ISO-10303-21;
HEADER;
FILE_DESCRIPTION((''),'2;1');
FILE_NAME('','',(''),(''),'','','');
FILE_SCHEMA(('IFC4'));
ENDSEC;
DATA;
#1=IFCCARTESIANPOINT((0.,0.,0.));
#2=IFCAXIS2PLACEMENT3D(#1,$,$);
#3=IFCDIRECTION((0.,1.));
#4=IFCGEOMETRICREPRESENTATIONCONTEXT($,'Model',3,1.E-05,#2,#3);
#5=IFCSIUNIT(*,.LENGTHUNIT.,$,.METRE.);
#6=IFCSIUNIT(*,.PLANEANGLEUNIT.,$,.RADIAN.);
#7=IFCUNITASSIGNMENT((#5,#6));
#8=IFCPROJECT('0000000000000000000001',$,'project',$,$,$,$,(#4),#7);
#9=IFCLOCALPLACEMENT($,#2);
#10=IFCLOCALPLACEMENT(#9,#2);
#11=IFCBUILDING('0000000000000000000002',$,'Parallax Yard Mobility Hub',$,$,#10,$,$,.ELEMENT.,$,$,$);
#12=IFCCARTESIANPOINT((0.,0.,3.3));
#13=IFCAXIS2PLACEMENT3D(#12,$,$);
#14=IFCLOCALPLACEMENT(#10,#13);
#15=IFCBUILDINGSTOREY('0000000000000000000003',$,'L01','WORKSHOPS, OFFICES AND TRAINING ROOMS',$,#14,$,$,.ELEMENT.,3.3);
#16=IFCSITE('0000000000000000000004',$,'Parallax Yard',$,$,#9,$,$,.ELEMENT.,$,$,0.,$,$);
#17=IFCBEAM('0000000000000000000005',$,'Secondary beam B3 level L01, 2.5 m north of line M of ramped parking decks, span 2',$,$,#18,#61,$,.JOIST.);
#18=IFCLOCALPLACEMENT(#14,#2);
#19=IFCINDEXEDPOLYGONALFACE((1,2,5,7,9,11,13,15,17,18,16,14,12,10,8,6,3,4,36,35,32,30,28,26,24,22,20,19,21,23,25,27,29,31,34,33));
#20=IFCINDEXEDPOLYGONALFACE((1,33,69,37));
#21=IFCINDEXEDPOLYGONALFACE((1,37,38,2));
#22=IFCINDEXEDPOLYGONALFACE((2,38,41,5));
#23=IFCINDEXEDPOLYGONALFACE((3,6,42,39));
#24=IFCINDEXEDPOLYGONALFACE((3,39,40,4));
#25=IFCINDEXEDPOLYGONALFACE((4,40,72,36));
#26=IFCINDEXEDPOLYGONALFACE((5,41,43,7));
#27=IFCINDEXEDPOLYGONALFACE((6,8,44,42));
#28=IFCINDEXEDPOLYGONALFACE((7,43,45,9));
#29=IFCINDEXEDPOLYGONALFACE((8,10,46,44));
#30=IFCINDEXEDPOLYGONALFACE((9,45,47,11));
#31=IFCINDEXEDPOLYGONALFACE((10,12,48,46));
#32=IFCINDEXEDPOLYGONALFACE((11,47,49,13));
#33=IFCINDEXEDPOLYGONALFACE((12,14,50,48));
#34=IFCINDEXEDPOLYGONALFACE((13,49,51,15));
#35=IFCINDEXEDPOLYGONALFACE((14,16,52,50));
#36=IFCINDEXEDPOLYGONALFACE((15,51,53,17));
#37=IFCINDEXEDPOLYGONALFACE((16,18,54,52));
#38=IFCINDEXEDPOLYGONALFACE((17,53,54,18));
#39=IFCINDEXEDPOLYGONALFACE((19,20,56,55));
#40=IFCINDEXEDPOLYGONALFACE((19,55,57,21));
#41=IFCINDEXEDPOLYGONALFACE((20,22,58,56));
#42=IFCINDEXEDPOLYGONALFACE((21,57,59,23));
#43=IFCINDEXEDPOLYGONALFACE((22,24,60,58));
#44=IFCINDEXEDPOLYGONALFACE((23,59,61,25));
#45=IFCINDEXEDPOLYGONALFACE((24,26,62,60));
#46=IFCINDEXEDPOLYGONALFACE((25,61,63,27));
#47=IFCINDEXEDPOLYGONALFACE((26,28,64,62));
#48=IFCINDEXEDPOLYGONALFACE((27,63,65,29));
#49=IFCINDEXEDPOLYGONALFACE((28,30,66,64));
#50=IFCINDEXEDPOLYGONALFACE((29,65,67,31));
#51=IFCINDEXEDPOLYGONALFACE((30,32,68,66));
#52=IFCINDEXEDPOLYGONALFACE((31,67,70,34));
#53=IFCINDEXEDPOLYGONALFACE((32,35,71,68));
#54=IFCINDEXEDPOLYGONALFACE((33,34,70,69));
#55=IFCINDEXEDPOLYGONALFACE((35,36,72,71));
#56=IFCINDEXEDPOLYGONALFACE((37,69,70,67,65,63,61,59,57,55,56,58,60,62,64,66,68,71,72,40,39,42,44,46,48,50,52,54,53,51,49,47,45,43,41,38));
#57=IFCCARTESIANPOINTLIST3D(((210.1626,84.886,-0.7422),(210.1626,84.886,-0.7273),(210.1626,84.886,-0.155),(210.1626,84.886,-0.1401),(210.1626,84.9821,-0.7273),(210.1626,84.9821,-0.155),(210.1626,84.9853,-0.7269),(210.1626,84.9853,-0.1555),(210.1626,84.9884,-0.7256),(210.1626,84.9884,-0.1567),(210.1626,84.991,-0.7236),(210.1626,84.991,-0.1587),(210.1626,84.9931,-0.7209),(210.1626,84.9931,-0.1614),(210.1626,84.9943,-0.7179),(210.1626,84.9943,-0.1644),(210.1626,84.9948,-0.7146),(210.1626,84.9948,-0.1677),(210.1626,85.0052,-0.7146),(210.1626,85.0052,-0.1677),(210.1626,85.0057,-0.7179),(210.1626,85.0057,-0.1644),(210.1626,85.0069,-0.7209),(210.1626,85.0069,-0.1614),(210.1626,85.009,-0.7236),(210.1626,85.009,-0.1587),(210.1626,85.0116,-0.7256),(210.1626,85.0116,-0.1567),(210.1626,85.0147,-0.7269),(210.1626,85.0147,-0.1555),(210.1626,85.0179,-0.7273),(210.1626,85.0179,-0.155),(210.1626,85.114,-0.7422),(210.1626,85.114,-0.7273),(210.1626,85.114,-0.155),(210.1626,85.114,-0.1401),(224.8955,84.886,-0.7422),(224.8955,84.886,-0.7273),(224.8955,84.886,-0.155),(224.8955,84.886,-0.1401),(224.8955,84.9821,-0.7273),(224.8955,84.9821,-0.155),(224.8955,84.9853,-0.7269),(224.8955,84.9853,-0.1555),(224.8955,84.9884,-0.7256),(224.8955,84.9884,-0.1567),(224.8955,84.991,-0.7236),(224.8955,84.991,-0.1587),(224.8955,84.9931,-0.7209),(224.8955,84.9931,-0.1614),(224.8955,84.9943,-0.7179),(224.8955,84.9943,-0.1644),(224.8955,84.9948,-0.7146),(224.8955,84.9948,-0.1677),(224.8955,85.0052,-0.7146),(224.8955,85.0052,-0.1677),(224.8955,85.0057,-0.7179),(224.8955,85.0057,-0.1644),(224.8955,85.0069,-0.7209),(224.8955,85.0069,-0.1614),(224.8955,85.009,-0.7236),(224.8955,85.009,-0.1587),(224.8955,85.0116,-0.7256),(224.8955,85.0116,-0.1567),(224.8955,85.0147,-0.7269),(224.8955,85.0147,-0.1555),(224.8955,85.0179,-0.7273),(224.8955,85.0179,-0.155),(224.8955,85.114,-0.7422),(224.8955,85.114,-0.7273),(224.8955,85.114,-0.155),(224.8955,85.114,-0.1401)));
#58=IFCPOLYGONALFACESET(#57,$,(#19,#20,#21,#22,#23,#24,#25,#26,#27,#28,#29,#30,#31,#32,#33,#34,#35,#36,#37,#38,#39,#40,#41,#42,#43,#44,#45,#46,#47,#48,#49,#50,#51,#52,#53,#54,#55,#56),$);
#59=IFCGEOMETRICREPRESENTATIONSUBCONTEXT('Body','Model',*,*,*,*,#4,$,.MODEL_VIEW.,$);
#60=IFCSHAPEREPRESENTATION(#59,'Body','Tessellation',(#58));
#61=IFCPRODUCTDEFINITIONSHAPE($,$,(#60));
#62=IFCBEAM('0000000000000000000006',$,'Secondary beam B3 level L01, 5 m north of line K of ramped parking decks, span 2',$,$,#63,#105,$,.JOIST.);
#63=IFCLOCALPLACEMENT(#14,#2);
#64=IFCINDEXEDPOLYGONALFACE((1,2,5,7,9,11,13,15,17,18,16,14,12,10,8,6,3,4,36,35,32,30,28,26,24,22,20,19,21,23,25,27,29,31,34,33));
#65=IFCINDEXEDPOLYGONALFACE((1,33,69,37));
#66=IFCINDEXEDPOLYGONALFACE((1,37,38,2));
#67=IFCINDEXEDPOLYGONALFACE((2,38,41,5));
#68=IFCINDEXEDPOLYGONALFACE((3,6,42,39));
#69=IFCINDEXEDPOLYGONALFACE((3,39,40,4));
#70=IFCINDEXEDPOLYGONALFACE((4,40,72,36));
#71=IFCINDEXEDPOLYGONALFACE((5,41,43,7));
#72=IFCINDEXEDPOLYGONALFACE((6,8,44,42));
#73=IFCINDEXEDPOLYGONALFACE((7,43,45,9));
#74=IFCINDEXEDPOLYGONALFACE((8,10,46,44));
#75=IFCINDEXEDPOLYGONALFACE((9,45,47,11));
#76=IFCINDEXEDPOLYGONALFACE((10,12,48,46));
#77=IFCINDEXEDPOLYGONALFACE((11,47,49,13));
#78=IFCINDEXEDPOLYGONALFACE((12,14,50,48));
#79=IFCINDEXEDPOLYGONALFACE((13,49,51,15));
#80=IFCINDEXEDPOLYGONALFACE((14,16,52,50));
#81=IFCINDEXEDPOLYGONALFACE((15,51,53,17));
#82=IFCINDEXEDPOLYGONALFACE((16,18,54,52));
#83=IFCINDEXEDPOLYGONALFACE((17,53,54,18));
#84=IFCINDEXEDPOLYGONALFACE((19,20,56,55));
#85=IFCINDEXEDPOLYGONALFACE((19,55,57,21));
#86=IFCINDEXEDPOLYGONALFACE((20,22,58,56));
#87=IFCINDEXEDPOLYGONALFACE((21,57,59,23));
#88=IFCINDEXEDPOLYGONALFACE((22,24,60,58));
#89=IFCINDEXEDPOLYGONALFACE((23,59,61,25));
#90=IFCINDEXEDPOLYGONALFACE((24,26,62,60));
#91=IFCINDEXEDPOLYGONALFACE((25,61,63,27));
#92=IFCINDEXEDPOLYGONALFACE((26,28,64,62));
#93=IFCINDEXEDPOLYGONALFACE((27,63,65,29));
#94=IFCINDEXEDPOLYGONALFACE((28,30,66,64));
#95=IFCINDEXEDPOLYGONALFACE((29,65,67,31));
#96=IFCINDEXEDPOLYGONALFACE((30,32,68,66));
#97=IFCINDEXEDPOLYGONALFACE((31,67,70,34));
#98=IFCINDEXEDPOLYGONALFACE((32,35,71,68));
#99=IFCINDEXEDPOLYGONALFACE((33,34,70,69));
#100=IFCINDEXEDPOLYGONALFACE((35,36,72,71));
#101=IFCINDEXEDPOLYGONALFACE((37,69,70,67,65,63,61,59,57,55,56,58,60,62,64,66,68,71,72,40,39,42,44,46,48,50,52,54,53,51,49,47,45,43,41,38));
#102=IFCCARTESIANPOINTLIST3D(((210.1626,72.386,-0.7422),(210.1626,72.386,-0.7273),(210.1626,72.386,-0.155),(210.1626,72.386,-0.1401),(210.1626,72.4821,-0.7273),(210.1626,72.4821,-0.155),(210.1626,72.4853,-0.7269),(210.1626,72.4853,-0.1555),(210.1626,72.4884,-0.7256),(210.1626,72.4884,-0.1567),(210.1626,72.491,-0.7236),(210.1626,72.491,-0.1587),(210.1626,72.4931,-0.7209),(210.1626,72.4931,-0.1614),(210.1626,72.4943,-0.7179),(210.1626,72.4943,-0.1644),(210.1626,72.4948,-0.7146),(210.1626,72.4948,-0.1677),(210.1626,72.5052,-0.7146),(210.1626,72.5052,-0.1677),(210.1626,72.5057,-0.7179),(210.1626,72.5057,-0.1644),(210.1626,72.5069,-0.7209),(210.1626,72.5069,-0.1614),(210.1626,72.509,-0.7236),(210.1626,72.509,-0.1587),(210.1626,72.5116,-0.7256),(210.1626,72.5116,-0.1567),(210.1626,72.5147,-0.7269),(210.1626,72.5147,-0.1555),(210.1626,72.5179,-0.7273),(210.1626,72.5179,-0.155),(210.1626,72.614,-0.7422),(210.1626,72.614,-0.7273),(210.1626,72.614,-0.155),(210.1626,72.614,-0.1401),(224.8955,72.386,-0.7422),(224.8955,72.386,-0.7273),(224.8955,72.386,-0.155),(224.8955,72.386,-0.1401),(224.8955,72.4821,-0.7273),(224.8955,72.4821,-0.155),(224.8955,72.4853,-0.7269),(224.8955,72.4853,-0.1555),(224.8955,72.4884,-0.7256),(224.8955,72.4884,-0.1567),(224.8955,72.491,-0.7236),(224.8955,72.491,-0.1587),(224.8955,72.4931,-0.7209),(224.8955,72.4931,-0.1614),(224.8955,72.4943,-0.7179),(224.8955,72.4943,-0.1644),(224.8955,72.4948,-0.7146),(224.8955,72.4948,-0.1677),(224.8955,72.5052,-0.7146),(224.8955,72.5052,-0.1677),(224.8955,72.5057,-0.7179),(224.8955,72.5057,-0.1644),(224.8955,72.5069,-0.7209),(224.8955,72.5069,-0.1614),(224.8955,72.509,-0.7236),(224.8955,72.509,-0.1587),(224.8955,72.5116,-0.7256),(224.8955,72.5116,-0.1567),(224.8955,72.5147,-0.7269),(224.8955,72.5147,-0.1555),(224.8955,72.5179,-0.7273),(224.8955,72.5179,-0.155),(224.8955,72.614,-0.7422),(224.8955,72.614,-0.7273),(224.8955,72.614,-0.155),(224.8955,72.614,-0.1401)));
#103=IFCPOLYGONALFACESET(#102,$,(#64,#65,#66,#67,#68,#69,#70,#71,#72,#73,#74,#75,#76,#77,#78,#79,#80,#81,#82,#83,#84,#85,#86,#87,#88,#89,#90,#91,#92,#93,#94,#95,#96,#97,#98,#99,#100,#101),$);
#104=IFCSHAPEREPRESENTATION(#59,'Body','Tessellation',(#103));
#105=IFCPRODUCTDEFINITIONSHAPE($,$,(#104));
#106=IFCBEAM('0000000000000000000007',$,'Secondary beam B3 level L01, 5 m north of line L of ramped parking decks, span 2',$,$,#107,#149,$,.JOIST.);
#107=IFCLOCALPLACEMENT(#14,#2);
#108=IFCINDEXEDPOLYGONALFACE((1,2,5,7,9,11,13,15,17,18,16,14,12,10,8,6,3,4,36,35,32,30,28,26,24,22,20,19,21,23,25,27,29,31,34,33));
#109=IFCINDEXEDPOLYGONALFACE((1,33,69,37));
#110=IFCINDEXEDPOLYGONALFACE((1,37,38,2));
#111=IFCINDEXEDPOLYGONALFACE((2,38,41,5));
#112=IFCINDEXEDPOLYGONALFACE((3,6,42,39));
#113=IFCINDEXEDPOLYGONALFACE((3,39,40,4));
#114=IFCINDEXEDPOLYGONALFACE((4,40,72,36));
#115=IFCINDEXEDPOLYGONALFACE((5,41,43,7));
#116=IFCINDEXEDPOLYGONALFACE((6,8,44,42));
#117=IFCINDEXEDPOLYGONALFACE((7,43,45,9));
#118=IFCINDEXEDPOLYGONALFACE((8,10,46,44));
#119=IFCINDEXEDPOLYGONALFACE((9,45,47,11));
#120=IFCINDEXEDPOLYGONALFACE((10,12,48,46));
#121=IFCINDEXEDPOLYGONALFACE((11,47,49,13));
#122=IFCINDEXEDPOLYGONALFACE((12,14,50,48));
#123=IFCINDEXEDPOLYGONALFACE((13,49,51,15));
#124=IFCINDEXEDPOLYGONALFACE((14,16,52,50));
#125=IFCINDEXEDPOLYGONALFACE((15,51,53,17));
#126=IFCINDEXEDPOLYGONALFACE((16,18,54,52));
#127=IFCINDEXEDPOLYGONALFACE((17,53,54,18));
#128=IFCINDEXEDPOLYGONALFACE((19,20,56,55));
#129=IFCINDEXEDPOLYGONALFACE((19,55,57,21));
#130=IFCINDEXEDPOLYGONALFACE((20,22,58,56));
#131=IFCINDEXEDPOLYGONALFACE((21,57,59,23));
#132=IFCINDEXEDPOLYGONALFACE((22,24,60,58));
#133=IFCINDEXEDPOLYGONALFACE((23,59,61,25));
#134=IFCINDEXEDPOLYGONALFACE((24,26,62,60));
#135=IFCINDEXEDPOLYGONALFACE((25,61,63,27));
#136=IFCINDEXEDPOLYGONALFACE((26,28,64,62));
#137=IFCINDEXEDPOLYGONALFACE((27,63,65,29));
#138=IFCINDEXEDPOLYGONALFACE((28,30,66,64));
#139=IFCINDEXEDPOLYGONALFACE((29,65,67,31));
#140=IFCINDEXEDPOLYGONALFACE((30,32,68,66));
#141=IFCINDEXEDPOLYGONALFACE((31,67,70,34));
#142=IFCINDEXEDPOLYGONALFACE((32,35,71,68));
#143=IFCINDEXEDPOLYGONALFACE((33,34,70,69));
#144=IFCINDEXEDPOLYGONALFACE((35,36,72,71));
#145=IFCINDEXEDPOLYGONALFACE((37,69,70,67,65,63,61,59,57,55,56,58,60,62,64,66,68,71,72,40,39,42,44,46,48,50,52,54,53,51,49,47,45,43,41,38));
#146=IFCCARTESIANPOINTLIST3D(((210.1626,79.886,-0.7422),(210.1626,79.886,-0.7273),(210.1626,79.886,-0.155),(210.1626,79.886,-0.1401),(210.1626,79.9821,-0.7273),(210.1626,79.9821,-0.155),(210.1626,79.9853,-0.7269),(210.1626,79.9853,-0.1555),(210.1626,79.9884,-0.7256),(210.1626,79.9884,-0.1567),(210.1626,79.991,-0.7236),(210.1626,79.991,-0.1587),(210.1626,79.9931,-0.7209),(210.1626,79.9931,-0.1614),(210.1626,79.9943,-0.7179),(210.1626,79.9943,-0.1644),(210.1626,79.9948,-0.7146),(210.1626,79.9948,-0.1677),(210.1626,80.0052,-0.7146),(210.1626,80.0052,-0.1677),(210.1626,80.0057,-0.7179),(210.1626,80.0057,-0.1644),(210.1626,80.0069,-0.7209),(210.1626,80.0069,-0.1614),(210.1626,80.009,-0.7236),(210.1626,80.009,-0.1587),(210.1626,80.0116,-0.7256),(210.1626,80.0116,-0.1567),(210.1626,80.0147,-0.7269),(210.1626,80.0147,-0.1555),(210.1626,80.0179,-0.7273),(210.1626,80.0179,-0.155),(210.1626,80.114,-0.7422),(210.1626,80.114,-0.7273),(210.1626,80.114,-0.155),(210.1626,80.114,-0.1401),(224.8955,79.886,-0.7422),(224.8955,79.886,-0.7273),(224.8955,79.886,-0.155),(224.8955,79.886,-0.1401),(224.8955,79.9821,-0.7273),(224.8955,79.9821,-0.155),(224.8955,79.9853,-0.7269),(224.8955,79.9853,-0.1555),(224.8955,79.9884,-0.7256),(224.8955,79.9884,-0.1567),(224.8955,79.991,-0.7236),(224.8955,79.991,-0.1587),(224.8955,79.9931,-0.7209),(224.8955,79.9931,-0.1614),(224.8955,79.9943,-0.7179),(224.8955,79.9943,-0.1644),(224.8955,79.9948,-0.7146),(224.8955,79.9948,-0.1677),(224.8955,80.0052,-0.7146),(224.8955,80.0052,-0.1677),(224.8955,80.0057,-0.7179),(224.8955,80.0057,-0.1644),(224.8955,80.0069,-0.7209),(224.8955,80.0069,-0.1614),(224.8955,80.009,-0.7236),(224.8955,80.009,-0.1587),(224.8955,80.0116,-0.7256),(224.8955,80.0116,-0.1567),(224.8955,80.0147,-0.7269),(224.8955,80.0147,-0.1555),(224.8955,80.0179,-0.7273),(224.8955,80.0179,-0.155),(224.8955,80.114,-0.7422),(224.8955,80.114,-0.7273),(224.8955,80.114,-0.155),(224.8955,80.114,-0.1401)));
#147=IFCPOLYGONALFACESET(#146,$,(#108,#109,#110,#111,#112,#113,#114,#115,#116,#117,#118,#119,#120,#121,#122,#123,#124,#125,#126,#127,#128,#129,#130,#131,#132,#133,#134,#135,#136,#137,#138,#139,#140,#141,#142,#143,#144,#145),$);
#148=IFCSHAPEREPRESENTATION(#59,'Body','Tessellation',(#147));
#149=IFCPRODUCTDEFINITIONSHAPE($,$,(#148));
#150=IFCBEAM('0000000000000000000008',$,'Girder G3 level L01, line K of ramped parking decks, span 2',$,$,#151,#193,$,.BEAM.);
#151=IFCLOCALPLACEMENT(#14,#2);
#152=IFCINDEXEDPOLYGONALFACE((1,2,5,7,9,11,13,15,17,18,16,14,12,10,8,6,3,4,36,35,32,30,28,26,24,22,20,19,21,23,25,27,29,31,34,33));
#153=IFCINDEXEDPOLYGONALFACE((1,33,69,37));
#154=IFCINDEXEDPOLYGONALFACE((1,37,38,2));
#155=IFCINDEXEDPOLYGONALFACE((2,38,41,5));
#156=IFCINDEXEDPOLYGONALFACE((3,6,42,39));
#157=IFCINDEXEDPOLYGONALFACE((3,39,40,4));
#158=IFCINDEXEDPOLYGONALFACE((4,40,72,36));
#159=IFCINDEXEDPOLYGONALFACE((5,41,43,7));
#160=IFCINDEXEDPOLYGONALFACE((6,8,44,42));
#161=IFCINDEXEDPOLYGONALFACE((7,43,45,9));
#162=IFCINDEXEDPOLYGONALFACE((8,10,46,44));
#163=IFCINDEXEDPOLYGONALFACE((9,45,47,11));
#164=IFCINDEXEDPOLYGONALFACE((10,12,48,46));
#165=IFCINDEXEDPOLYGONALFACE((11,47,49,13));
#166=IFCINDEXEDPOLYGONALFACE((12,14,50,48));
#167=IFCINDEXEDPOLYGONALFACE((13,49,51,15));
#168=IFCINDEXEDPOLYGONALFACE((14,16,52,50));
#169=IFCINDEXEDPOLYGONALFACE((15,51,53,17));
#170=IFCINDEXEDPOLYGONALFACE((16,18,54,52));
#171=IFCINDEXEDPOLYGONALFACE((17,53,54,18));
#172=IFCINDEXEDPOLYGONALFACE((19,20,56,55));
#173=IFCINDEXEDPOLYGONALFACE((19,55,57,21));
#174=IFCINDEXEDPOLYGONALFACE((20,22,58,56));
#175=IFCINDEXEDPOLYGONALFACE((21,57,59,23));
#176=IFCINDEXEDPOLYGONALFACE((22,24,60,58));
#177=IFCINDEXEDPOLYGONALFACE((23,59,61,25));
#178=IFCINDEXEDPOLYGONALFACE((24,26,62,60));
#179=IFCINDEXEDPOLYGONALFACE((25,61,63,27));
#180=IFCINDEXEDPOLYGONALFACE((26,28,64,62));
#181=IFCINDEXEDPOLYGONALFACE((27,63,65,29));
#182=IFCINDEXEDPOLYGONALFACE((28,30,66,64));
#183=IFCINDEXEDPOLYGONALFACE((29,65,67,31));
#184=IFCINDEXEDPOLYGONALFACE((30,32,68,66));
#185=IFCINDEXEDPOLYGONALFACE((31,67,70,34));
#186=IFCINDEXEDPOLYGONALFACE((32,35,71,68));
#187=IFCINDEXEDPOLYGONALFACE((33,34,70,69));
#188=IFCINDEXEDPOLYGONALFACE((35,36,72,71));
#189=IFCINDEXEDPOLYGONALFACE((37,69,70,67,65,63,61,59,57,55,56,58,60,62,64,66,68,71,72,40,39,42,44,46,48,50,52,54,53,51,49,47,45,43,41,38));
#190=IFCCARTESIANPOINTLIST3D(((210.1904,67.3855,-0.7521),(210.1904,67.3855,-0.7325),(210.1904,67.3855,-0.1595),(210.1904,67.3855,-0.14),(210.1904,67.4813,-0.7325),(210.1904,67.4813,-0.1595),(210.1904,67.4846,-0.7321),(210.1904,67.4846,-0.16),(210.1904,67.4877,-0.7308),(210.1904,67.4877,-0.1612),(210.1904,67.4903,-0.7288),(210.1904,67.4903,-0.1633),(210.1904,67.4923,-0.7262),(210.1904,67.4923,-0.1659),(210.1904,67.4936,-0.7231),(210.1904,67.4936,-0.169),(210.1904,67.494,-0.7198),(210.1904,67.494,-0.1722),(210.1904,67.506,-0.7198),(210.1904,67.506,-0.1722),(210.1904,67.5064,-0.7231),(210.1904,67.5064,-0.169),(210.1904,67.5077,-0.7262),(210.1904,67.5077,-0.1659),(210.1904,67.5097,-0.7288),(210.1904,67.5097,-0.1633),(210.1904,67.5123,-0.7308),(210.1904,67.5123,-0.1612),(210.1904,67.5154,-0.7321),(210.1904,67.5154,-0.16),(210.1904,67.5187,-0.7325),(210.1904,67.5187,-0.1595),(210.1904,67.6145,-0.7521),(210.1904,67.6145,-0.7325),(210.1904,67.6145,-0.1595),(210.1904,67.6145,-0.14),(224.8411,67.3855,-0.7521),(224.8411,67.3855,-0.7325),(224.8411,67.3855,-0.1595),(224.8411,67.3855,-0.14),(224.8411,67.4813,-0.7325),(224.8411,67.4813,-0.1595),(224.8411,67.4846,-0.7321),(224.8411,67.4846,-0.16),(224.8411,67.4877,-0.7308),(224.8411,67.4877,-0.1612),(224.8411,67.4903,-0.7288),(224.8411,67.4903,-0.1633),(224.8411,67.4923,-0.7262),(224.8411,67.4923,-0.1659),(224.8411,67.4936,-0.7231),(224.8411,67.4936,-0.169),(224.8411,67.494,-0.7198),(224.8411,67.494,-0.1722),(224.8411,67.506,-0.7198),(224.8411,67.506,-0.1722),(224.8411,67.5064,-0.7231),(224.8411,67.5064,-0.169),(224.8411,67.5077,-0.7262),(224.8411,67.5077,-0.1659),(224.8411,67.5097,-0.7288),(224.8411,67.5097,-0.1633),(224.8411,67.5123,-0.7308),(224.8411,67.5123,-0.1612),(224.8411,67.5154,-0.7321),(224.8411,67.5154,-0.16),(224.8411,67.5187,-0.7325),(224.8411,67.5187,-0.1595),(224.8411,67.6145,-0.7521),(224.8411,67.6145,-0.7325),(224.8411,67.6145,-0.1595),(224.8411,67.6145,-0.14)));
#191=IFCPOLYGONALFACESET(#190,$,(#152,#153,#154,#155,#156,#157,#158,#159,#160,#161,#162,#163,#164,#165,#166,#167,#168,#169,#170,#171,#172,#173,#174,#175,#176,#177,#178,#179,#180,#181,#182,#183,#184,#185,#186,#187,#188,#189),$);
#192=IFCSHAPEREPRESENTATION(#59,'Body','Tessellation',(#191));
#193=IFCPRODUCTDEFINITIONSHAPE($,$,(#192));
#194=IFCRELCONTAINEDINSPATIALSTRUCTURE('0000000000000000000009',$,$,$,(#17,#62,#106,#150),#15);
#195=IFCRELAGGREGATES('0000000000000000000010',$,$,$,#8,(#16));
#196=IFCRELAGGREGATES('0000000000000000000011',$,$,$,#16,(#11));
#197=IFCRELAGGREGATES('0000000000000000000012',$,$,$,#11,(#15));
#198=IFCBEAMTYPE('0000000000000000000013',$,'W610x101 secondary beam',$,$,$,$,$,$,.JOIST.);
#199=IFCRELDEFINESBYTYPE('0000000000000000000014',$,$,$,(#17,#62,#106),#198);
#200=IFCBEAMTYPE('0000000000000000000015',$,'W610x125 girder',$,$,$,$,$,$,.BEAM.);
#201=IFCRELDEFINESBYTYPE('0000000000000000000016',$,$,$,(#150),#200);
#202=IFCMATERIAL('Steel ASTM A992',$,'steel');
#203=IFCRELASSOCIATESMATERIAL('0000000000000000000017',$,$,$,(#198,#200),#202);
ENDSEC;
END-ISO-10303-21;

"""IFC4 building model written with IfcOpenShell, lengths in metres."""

from ifc_helpers import new_model, si_unit, direction, frame, origin, origin_2d, place, context, subcontext, project, spatial, i_section, extrude, material, material_profile, profile_set, type_object, element, save


model = new_model("IFC4")

# Units and contexts
model_context = context("Model", 3, precision=1e-05, world=origin(), true_north=direction((0.0, 1.0)))
body_context = subcontext(model_context, "Body", "Model", "MODEL_VIEW")
ifc_project = project(units=[si_unit("LENGTHUNIT", "METRE"), si_unit("PLANEANGLEUNIT", "RADIAN")], contexts=[model_context])

# Site, building, storey
site_placement = place(None, origin())
site = spatial("IfcSite", under=ifc_project, at=site_placement, Name="Parallax Yard", CompositionType="ELEMENT", RefElevation=0.0)
building_placement = place(site_placement, origin())
building = spatial("IfcBuilding", under=site, at=building_placement, Name="Parallax Yard Mobility Hub", CompositionType="ELEMENT")
storey_placement = place(building_placement, frame((0.0, 0.0, 3.3)))
storey = spatial("IfcBuildingStorey", under=building, at=storey_placement, Name="L01", Description="WORKSHOPS, OFFICES AND TRAINING ROOMS", CompositionType="ELEMENT", Elevation=3.3)

# Shared definitions
ifc_material_1 = material(Name="Steel ASTM A992", Category="steel")

# Beams
ifc_material_profile_1 = material_profile(ifc_material_1, i_section(OverallWidth=0.228, OverallDepth=0.6021, WebThickness=0.0105, FlangeThickness=0.0149, FilletRadius=0.0127, at=origin_2d()), Name="W610x101")
ifc_profile_set_1 = profile_set([ifc_material_profile_1], Name="Steel ASTM A992")
beam_type_1 = type_object("IfcBeamType", Name="W610x101 secondary beam", PredefinedType="JOIST", material=ifc_profile_set_1)
for number, where, z_axis, x_axis, name in (
    (1, (210.1626, 85.0, -0.4412), (1.0, 0.0, 0.0), (0.0, 1.0, 0.0), "Secondary beam B3 level L01, 2.5 m north of line M of ramped parking decks, span 2"),
    (2, (210.1626, 72.5, -0.4412), (1.0, 0.0, 0.0), (0.0, 1.0, 0.0), "Secondary beam B3 level L01, 5 m north of line K of ramped parking decks, span 2"),
    (3, (210.1626, 80.0, -0.4412), (1.0, 0.0, 0.0), (0.0, 1.0, 0.0), "Secondary beam B3 level L01, 5 m north of line L of ramped parking decks, span 2"),
):
    element("IfcBeam", number, at=place(storey_placement, frame(where, z_axis=z_axis, x_axis=x_axis)), inside=storey, type_object=beam_type_1, Name=name, PredefinedType="JOIST", context=body_context, shape_type="SweptSolid", body=[
        extrude(i_section(OverallWidth=0.228, OverallDepth=0.6021, WebThickness=0.0105, FlangeThickness=0.0149, FilletRadius=0.0127, at=origin_2d()), origin(), (0.0, 0.0, 1.0), 14.7329),
    ])
ifc_material_profile_2 = material_profile(ifc_material_1, i_section(OverallWidth=0.229, OverallDepth=0.6121, WebThickness=0.012, FlangeThickness=0.0195, FilletRadius=0.0127, at=origin_2d()), Name="W610x125")
ifc_profile_set_2 = profile_set([ifc_material_profile_2], Name="Steel ASTM A992")
beam_type_2 = type_object("IfcBeamType", Name="W610x125 girder", PredefinedType="BEAM", material=ifc_profile_set_2)
for number, where, z_axis, x_axis, name in (
    (4, (210.1904, 67.5, -0.446), (1.0, 0.0, 0.0), (0.0, 1.0, 0.0), "Girder G3 level L01, line K of ramped parking decks, span 2"),
):
    element("IfcBeam", number, at=place(storey_placement, frame(where, z_axis=z_axis, x_axis=x_axis)), inside=storey, type_object=beam_type_2, Name=name, PredefinedType="BEAM", context=body_context, shape_type="SweptSolid", body=[
        extrude(i_section(OverallWidth=0.229, OverallDepth=0.6121, WebThickness=0.012, FlangeThickness=0.0195, FilletRadius=0.0127, at=origin_2d()), origin(), (0.0, 0.0, 1.0), 14.6506),
    ])

save(model, "model.ifc")
